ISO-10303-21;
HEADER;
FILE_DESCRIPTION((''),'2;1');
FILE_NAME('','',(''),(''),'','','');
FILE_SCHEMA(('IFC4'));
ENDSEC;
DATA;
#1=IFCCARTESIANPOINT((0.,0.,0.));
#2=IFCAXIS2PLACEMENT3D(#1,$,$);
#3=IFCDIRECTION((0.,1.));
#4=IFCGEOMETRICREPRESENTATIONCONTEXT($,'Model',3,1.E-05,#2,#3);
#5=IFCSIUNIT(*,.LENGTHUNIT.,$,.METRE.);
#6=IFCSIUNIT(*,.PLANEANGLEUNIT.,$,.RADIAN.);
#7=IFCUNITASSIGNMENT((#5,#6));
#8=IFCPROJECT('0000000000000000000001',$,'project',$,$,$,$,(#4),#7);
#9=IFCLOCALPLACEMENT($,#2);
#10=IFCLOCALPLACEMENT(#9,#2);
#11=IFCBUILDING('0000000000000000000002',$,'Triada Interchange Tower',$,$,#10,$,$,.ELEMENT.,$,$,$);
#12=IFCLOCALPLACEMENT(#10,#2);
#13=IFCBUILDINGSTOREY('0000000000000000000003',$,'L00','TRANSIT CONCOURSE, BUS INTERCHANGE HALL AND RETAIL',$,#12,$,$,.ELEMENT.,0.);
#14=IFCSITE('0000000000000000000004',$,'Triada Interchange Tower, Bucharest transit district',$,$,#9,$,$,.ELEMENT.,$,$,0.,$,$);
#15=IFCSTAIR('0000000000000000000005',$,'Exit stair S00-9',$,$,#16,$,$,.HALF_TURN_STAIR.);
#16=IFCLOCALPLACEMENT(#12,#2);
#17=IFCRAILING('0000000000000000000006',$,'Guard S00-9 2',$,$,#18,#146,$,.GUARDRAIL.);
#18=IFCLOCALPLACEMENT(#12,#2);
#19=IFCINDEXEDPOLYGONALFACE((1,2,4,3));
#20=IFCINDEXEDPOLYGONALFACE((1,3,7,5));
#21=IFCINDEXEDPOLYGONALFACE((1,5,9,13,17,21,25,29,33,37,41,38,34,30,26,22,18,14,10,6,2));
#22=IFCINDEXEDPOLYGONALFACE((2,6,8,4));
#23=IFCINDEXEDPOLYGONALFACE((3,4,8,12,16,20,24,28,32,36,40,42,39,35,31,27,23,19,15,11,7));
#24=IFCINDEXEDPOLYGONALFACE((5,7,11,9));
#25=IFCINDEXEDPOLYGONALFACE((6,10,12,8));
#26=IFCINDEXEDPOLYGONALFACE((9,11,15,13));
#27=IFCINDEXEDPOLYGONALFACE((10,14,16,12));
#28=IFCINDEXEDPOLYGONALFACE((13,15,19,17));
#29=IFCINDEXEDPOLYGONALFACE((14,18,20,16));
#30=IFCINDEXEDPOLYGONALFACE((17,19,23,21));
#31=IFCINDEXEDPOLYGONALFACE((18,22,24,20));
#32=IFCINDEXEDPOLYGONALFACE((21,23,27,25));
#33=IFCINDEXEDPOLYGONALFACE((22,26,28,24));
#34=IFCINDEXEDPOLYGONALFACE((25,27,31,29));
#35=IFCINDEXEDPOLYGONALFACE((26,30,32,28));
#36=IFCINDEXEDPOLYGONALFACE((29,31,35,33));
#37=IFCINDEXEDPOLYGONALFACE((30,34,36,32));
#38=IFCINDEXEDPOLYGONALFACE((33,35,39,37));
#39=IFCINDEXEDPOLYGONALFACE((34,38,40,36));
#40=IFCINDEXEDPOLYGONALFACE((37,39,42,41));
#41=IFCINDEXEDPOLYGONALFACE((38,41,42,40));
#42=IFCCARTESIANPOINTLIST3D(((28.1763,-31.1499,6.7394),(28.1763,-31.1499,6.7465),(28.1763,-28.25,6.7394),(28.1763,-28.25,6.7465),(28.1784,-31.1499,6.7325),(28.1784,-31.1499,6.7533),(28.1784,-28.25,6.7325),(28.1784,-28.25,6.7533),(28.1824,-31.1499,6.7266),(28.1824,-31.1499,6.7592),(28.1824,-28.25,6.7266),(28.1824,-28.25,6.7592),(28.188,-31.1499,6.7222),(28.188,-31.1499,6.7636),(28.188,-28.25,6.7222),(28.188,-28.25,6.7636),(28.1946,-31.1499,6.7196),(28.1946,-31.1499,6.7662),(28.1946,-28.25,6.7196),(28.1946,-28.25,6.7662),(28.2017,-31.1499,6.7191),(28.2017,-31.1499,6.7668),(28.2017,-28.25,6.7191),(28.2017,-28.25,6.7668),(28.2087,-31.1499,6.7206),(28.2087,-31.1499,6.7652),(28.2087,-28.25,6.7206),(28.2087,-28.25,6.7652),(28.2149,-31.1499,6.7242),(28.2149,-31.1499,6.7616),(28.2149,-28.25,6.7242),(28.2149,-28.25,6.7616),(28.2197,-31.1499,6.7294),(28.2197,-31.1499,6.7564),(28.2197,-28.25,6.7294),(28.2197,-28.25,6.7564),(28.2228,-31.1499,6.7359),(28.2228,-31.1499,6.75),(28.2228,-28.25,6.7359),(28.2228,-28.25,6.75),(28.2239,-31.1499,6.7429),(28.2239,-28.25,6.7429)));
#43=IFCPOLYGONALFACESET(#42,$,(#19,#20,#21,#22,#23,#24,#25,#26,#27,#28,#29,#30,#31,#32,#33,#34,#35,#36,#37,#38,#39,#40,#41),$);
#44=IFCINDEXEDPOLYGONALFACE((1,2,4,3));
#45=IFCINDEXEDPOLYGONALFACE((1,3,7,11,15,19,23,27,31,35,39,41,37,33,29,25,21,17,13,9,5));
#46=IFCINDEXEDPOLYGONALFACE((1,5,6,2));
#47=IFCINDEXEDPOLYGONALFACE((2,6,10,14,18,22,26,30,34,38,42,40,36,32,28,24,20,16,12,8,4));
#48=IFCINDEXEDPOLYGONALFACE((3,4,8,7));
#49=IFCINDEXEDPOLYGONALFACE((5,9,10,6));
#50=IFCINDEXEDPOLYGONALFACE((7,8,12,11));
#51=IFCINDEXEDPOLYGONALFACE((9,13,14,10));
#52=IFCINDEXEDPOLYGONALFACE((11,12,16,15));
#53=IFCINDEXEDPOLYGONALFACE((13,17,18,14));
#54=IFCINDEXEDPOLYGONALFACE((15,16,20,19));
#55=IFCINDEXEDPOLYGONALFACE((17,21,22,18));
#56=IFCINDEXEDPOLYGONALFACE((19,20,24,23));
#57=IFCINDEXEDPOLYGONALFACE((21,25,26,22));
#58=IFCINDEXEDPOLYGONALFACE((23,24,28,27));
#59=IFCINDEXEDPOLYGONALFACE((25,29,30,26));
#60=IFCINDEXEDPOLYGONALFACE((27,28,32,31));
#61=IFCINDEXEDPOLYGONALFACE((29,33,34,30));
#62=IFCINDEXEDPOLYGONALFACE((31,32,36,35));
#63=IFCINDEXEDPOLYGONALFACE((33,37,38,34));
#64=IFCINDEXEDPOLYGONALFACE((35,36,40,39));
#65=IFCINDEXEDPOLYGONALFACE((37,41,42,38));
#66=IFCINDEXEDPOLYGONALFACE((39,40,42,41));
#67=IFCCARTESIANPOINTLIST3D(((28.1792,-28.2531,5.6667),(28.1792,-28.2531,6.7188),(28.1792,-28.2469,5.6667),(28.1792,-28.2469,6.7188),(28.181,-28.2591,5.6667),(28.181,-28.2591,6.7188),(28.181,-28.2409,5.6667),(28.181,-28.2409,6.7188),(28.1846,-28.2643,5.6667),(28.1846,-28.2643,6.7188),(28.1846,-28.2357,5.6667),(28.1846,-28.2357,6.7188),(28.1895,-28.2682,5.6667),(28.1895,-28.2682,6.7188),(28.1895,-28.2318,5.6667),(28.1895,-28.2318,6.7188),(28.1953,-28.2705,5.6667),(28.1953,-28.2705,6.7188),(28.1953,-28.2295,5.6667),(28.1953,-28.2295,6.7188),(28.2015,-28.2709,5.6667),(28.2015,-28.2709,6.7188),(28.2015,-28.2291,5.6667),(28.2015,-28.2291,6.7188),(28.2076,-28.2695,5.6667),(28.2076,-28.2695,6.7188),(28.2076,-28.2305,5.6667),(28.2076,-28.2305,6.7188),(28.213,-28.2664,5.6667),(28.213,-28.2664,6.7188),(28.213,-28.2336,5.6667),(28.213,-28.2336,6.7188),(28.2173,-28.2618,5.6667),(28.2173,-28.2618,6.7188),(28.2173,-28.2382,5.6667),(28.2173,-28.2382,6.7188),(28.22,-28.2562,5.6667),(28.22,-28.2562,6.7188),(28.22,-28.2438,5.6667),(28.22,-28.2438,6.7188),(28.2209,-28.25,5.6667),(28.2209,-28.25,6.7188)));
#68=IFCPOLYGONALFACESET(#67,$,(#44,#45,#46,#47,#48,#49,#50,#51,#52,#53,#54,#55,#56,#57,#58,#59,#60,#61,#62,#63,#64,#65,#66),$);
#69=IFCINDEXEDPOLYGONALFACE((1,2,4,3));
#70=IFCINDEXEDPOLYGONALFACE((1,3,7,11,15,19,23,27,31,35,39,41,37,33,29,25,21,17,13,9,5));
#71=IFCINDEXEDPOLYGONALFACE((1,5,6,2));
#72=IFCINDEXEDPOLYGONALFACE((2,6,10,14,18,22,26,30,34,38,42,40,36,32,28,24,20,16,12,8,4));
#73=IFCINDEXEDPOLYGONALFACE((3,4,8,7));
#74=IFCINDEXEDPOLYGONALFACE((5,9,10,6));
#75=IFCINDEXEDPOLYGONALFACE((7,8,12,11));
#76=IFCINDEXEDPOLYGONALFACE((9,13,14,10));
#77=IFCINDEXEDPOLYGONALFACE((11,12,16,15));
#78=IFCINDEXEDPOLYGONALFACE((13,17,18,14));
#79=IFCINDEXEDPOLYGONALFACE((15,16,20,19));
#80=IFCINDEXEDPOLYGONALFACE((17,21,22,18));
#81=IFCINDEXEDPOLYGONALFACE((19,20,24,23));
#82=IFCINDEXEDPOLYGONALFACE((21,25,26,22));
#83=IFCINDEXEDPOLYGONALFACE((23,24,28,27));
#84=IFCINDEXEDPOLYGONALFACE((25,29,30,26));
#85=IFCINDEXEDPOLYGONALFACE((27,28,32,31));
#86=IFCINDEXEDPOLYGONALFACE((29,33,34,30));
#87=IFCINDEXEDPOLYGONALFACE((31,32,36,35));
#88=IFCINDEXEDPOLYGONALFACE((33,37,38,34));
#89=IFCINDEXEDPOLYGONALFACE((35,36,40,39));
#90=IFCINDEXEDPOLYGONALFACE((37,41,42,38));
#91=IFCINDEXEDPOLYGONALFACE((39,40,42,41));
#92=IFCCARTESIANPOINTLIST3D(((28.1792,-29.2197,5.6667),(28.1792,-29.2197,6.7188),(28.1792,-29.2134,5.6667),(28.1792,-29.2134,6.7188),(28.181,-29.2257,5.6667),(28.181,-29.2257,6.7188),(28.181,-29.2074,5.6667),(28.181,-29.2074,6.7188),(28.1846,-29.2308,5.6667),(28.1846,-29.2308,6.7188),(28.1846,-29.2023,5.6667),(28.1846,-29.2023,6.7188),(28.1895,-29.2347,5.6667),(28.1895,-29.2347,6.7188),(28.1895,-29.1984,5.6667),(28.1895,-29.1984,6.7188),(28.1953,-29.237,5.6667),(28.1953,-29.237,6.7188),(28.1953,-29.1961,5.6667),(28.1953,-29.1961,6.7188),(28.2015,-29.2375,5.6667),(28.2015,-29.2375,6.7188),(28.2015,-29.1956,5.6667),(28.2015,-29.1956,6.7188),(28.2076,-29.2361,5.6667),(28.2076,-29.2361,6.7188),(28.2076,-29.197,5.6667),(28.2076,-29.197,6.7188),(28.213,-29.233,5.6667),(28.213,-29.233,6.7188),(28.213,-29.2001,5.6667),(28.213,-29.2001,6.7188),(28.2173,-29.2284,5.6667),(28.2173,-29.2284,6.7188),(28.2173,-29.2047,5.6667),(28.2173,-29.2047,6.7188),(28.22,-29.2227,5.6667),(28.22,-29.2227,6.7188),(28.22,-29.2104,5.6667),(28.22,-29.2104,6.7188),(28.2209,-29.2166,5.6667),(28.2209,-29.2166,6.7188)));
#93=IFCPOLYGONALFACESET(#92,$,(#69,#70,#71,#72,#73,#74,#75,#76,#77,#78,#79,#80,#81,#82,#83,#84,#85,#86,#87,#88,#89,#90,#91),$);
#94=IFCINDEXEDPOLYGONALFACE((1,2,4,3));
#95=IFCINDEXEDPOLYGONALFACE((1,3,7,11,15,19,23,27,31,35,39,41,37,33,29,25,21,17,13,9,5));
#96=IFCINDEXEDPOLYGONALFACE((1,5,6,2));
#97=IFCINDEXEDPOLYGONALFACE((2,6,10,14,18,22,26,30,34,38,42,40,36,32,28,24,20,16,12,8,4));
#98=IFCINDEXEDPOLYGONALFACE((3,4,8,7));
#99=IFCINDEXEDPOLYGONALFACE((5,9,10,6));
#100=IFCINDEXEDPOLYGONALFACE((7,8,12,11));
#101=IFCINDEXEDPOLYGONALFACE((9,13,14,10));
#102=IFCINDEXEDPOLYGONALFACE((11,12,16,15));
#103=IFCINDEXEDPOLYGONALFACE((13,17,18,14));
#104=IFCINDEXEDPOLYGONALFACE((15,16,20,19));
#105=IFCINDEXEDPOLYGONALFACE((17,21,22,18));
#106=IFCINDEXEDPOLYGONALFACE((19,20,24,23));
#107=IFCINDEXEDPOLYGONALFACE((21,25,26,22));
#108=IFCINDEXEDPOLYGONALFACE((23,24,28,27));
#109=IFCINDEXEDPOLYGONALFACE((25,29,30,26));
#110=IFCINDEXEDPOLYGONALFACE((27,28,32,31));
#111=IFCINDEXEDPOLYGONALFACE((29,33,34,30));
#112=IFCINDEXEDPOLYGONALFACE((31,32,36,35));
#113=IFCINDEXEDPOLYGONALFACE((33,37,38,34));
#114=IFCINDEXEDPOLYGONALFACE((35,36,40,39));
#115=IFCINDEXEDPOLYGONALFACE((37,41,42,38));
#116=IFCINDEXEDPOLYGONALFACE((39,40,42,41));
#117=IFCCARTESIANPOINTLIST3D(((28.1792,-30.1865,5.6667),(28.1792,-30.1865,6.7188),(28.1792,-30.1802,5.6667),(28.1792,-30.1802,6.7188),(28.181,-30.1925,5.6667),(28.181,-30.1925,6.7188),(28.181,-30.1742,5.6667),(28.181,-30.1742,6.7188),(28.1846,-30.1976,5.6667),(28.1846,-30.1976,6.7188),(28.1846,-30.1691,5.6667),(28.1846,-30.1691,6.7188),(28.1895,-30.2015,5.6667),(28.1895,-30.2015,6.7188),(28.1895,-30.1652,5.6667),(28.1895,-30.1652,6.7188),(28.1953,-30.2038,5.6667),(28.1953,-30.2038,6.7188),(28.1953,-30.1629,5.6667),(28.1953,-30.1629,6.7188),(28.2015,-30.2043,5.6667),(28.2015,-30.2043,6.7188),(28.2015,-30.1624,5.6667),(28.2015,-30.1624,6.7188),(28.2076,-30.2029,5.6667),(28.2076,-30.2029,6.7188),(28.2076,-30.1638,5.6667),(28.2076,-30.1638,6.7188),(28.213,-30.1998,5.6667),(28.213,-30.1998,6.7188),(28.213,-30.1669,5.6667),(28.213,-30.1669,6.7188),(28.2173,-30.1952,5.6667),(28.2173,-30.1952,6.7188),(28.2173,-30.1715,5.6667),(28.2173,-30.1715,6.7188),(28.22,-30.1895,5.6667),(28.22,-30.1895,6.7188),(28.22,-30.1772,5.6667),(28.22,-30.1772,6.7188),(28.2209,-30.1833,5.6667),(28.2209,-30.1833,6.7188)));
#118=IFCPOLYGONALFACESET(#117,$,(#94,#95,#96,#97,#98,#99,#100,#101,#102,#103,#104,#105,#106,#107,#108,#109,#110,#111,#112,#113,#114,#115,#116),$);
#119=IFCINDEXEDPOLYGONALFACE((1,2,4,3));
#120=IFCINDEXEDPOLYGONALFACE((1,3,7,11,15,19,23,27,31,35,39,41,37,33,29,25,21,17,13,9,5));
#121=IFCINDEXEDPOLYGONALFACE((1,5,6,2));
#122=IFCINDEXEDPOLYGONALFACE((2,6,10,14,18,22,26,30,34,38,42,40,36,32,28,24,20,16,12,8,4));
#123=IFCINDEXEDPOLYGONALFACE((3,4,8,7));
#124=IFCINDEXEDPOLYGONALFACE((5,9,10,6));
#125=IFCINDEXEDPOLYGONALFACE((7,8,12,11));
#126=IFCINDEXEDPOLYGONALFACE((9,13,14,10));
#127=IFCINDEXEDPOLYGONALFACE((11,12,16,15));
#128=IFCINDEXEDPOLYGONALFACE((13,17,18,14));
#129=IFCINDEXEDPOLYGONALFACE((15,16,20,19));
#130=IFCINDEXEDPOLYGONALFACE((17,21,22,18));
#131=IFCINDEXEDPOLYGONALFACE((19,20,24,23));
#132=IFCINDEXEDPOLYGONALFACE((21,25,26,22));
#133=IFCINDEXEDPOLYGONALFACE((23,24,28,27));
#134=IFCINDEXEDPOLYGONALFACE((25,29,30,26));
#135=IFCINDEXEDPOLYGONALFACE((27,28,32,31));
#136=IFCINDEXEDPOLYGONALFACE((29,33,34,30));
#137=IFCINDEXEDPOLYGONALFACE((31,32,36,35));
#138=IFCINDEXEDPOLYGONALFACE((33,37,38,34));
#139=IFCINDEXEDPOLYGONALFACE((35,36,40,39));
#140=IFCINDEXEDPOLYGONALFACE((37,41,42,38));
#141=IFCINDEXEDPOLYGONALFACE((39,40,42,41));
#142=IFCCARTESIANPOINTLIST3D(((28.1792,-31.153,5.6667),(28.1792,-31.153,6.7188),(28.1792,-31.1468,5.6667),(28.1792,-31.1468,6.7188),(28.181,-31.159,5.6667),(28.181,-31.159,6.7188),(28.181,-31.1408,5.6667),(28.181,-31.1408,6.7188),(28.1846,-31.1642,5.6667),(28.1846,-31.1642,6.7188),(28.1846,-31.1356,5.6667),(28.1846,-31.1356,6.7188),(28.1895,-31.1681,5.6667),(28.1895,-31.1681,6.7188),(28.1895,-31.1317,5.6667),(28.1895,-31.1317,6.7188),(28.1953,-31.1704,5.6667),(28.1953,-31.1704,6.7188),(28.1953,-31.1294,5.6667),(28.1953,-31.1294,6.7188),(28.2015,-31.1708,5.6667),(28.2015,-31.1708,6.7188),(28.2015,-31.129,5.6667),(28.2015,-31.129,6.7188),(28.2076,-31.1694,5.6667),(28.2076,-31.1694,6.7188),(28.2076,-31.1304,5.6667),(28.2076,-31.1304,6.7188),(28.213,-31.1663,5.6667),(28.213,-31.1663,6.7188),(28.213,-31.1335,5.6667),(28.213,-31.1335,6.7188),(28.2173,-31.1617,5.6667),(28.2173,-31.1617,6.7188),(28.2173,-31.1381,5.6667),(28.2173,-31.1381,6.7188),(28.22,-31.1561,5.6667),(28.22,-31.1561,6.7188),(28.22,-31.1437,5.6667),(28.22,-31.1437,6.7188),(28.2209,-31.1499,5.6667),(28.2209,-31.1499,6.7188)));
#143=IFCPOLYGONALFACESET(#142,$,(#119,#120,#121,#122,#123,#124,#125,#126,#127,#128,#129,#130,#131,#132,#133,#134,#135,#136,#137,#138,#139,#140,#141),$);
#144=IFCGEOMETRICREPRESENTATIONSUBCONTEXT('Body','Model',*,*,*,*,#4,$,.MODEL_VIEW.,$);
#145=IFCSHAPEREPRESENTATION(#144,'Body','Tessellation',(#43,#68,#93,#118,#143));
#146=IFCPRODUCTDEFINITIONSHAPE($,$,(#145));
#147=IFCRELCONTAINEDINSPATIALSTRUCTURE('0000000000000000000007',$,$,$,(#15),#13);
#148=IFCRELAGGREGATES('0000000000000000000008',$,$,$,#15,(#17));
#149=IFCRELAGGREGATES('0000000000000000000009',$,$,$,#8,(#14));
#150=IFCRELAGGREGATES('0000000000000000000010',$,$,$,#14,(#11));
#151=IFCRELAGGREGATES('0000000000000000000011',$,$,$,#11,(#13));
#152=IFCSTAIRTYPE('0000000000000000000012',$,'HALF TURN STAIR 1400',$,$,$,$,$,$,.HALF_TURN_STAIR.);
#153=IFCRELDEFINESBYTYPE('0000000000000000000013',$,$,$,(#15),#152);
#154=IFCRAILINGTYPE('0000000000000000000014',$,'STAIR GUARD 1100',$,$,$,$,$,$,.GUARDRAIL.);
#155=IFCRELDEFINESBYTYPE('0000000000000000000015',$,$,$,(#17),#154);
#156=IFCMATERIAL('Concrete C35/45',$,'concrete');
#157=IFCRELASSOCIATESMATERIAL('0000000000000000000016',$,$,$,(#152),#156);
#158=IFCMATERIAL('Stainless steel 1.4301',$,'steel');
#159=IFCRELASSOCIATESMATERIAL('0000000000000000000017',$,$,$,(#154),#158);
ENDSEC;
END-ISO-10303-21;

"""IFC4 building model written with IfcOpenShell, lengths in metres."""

from ifc_helpers import new_model, si_unit, direction, frame, origin, origin_2d, place, context, subcontext, project, spatial, circle, extrude, material, type_object, element, aggregate, save


model = new_model("IFC4")

# Units and contexts
model_context = context("Model", 3, precision=1e-05, world=origin(), true_north=direction((0.0, 1.0)))
body_context = subcontext(model_context, "Body", "Model", "MODEL_VIEW")
ifc_project = project(units=[si_unit("LENGTHUNIT", "METRE"), si_unit("PLANEANGLEUNIT", "RADIAN")], contexts=[model_context])

# Site, building, storey
site_placement = place(None, origin())
site = spatial("IfcSite", under=ifc_project, at=site_placement, Name="Triada Interchange Tower, Bucharest transit district", CompositionType="ELEMENT", RefElevation=0.0)
building_placement = place(site_placement, origin())
building = spatial("IfcBuilding", under=site, at=building_placement, Name="Triada Interchange Tower", CompositionType="ELEMENT")
storey_placement = place(building_placement, origin())
storey = spatial("IfcBuildingStorey", under=building, at=storey_placement, Name="L00", Description="TRANSIT CONCOURSE, BUS INTERCHANGE HALL AND RETAIL", CompositionType="ELEMENT", Elevation=0.0)

# Shared definitions
ifc_material_1 = material(Name="Concrete C35/45", Category="concrete")

# Stair, railing
stair_type = type_object("IfcStairType", Name="HALF TURN STAIR 1400", PredefinedType="HALF_TURN_STAIR", material=ifc_material_1)
stair_placement = place(storey_placement, origin())
stair = element("IfcStair", 1, at=stair_placement, inside=storey, type_object=stair_type, Name="Exit stair S00-9", PredefinedType="HALF_TURN_STAIR")
ifc_material_2 = material(Name="Stainless steel 1.4301", Category="steel")
railing_type = type_object("IfcRailingType", Name="STAIR GUARD 1100", PredefinedType="GUARDRAIL", material=ifc_material_2)
railing_1_placement = place(storey_placement, frame((28.2, -28.25, 5.6667)))
railing_1 = element("IfcRailing", 2, at=railing_1_placement, type_object=railing_type, Name="Guard S00-9 2", PredefinedType="GUARDRAIL", context=body_context, shape_type="SweptSolid", body=[
    extrude(circle(Radius=0.0239, at=origin_2d()), frame((0.0, 0.0, 1.0762), z_axis=(0.0, -1.0, 0.0), x_axis=(1.0, 0.0, 0.0)), (0.0, 0.0, 1.0), 2.8999),
    extrude(circle(Radius=0.021, at=origin_2d()), origin(), (0.0, 0.0, 1.0), 1.052),
    extrude(circle(Radius=0.021, at=origin_2d()), frame((0.0, -0.9666, 0.0)), (0.0, 0.0, 1.0), 1.052),
    extrude(circle(Radius=0.021, at=origin_2d()), frame((0.0, -1.9333, 0.0)), (0.0, 0.0, 1.0), 1.052),
    extrude(circle(Radius=0.021, at=origin_2d()), frame((0.0, -2.8999, 0.0)), (0.0, 0.0, 1.0), 1.052),
])
aggregate(stair, [railing_1])

save(model, "model.ifc")
